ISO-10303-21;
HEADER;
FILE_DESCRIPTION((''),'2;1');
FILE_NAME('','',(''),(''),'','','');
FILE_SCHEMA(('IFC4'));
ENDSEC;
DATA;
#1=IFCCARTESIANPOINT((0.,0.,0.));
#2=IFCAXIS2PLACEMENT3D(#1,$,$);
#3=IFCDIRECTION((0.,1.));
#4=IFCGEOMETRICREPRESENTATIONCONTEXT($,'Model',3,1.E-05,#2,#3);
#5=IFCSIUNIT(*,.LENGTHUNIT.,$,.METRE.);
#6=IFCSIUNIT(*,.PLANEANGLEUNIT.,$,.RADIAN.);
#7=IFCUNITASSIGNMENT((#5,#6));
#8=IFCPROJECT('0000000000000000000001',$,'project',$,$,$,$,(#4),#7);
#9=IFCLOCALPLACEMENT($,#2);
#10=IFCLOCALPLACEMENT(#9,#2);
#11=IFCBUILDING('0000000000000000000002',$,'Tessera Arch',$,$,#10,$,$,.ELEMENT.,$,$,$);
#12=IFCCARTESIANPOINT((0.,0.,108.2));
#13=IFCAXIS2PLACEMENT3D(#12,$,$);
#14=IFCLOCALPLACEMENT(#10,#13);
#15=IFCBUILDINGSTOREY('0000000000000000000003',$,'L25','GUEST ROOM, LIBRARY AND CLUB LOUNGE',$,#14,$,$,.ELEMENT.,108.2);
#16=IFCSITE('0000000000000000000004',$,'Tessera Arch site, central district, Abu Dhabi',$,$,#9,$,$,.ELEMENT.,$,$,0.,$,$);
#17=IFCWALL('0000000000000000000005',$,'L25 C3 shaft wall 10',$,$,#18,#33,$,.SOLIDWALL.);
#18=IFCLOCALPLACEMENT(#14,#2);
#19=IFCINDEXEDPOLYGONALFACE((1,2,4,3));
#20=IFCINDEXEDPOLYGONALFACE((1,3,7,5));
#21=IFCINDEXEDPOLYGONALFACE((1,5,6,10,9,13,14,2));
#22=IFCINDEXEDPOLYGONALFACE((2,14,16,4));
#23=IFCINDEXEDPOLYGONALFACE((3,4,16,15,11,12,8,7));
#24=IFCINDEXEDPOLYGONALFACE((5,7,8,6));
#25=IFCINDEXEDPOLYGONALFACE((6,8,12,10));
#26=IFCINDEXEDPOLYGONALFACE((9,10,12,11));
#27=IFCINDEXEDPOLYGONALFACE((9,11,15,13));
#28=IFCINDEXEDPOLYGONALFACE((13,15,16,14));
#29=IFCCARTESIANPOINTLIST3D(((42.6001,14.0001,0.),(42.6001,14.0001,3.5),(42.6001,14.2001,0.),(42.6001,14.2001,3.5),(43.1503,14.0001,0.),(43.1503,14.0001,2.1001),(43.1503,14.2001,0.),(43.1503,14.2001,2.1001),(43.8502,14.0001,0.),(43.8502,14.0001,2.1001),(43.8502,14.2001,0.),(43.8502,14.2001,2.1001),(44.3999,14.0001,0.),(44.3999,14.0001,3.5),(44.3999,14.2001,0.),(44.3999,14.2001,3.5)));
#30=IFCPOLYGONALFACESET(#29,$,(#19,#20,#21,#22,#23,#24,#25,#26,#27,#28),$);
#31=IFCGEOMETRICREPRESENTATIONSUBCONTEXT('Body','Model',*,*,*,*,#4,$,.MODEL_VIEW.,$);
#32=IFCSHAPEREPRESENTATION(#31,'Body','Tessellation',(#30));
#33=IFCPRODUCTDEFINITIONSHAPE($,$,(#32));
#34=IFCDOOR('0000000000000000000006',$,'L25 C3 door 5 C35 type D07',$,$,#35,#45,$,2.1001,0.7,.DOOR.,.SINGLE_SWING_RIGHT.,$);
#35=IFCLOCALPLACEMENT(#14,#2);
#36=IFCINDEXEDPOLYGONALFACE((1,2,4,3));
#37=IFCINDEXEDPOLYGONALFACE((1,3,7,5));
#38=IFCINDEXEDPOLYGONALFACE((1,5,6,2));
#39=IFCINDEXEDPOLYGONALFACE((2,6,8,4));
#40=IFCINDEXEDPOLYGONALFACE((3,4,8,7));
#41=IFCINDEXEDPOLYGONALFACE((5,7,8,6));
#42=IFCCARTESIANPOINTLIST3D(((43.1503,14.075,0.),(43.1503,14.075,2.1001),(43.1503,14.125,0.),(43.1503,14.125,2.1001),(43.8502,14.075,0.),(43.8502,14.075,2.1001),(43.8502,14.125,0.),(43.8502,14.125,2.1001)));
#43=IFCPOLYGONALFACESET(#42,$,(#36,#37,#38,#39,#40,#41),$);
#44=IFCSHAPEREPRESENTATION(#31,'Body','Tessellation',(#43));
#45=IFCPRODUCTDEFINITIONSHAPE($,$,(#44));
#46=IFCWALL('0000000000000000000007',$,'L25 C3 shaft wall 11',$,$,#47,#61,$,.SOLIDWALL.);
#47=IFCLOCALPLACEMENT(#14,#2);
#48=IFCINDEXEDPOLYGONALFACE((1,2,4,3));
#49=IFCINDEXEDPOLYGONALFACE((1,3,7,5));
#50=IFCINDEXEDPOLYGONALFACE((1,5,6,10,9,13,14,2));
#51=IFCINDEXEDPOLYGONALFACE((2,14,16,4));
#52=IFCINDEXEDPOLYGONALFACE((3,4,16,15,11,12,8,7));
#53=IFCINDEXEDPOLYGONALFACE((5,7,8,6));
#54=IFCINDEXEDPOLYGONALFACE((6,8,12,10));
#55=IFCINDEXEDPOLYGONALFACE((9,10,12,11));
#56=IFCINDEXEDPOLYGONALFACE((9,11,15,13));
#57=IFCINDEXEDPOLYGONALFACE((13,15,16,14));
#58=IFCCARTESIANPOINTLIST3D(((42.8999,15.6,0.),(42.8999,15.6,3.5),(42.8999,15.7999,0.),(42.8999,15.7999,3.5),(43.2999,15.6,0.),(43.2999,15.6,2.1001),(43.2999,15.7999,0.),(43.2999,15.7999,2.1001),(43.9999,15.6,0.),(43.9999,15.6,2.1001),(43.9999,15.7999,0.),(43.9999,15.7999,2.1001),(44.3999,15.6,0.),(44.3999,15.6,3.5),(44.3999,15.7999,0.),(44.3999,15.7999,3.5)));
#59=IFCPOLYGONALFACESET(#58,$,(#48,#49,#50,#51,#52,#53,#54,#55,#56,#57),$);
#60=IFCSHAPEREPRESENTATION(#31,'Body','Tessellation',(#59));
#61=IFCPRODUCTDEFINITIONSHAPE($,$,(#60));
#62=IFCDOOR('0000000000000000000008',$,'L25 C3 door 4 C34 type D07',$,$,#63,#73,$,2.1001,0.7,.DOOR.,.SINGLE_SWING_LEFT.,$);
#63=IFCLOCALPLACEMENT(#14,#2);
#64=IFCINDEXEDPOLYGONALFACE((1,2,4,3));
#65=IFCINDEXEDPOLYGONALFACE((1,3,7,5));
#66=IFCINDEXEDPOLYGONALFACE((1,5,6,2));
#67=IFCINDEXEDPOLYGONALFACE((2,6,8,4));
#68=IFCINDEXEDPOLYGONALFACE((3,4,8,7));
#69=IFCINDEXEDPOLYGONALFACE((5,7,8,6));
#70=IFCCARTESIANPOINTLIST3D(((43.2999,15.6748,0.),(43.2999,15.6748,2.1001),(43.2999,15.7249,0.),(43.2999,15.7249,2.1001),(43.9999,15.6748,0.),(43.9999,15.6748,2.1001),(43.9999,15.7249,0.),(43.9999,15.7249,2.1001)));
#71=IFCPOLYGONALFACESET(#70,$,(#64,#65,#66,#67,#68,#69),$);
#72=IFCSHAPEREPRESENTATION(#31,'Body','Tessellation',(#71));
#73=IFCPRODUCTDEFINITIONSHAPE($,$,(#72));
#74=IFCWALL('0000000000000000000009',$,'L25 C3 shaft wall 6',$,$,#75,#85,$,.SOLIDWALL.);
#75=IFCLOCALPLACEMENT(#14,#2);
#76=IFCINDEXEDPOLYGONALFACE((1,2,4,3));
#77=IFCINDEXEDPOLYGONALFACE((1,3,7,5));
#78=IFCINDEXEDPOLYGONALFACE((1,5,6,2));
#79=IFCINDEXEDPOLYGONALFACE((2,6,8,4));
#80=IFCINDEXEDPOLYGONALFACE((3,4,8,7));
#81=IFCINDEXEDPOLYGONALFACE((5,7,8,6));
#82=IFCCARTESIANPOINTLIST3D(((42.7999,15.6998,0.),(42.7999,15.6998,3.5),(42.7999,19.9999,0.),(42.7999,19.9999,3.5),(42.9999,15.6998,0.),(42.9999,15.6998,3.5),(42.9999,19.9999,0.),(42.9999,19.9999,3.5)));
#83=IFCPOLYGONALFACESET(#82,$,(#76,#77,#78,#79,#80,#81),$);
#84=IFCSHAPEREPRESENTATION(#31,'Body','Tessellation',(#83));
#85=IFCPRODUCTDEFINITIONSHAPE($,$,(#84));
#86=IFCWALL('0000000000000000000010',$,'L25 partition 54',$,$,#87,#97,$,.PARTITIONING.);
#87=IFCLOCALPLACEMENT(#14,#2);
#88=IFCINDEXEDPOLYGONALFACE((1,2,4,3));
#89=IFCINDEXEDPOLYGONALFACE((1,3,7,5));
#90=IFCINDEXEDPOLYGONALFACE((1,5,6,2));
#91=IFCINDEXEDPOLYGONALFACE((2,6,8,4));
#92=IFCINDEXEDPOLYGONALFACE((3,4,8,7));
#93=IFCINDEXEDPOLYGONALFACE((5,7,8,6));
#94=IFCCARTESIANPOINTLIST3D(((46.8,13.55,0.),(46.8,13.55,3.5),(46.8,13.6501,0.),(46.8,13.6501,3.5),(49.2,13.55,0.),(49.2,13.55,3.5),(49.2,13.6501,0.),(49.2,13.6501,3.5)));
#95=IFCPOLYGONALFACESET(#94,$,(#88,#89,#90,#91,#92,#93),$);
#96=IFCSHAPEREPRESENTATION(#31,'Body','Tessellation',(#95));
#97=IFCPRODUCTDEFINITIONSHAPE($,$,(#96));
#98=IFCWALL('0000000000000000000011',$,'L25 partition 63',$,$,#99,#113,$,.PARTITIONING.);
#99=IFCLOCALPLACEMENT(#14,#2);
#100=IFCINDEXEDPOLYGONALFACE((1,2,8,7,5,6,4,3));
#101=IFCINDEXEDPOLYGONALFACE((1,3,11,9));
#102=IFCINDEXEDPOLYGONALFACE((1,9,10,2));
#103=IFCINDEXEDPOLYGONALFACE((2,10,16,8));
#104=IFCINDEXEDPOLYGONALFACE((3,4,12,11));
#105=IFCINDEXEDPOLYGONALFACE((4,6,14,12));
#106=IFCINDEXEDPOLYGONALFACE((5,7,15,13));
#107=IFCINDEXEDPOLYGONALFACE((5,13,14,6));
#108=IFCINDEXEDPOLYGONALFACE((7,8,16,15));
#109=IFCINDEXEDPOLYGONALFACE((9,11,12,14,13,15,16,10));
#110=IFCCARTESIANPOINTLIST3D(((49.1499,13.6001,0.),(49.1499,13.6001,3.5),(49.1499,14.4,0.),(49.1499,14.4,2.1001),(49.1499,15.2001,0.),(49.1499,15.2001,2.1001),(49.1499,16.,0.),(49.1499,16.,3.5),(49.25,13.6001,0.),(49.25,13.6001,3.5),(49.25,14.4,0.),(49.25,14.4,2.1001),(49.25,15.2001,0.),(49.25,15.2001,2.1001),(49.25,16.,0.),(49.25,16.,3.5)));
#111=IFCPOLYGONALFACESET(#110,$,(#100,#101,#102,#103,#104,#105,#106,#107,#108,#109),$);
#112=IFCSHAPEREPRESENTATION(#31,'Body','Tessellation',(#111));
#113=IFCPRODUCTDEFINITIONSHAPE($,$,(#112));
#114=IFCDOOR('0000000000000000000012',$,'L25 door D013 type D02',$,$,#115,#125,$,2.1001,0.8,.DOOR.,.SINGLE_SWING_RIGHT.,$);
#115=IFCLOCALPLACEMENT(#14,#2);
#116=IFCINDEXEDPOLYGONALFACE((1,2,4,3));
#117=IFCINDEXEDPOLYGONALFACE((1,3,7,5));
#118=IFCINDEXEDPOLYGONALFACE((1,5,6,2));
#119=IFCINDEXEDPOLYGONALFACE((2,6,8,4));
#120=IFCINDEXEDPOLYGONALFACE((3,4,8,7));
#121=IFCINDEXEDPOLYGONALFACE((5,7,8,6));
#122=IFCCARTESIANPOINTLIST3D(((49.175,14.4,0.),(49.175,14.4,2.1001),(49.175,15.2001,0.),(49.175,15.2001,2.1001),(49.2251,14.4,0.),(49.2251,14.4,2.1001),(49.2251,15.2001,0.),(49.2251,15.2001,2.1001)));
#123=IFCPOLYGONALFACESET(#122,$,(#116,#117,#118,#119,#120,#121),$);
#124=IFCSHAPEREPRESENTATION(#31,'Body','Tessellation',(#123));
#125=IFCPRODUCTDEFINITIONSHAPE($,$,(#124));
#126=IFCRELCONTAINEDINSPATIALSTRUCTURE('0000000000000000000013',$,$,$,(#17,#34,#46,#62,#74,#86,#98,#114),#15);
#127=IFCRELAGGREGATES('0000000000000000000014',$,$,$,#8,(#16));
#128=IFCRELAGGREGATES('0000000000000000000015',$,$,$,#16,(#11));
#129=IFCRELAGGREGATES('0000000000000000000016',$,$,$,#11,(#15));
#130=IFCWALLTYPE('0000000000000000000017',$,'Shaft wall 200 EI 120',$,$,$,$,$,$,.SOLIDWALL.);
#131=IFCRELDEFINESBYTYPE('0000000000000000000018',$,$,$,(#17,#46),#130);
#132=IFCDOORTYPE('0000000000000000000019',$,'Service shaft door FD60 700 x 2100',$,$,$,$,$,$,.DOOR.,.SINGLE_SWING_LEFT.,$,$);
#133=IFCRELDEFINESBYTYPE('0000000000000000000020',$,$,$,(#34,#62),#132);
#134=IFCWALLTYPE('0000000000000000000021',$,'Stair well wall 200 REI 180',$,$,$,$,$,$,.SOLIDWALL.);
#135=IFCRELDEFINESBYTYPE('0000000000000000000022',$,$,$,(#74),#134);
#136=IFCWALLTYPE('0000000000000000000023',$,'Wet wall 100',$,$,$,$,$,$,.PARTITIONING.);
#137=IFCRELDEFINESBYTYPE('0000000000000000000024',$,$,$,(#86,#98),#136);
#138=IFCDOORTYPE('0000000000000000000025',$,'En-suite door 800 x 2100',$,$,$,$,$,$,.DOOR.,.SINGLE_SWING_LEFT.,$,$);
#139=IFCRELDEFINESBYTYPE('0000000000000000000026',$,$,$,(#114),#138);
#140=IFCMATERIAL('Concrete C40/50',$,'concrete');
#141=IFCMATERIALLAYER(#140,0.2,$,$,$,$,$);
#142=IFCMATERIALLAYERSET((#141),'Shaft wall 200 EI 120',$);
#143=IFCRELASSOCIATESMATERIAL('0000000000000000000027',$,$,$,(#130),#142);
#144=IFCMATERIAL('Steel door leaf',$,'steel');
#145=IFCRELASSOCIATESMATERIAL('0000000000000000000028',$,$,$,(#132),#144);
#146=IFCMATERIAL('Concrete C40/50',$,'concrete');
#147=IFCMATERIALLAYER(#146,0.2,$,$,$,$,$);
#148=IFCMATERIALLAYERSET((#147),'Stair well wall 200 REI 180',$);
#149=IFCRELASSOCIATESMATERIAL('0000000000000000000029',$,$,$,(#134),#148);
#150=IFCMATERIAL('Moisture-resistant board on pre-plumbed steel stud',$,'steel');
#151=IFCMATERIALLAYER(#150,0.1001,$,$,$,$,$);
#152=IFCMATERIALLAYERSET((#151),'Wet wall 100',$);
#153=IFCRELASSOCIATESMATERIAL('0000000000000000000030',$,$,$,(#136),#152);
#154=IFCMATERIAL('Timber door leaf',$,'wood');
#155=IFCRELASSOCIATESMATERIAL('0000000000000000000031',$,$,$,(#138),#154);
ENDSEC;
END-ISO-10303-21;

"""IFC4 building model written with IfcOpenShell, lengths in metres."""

from ifc_helpers import new_model, si_unit, direction, frame, frame_2d, origin, place, context, subcontext, project, spatial, rectangle, extrude, material, layer, layer_set, type_object, element, fill, save


model = new_model("IFC4")

# Units and contexts
model_context = context("Model", 3, precision=1e-05, world=origin(), true_north=direction((0.0, 1.0)))
body_context = subcontext(model_context, "Body", "Model", "MODEL_VIEW")
ifc_project = project(units=[si_unit("LENGTHUNIT", "METRE"), si_unit("PLANEANGLEUNIT", "RADIAN")], contexts=[model_context])

# Site, building, storey
site_placement = place(None, origin())
site = spatial("IfcSite", under=ifc_project, at=site_placement, Name="Tessera Arch site, central district, Abu Dhabi", CompositionType="ELEMENT", RefElevation=0.0)
building_placement = place(site_placement, origin())
building = spatial("IfcBuilding", under=site, at=building_placement, Name="Tessera Arch", CompositionType="ELEMENT")
storey_placement = place(building_placement, frame((0.0, 0.0, 108.2)))
storey = spatial("IfcBuildingStorey", under=building, at=storey_placement, Name="L25", Description="GUEST ROOM, LIBRARY AND CLUB LOUNGE", CompositionType="ELEMENT", Elevation=108.2)

# Shared definitions
ifc_material_1 = material(Name="Concrete C40/50", Category="concrete")
ifc_layer_1 = layer(ifc_material_1, 0.2)
ifc_layer_set_1 = layer_set([ifc_layer_1], Name="Shaft wall 200 EI 120")
wall_type_1 = type_object("IfcWallType", Name="Shaft wall 200 EI 120", PredefinedType="SOLIDWALL", material=ifc_layer_set_1)

# Walls, openings, doors
wall_1_placement = place(storey_placement, frame((42.6001, 14.1001, 0.0), z_axis=(0.0, 0.0, 1.0), x_axis=(1.0, 0.0, 0.0)))
wall_1 = element("IfcWall", 1, at=wall_1_placement, inside=storey, type_object=wall_type_1, Name="L25 C3 shaft wall 10", PredefinedType="SOLIDWALL", context=body_context, shape_type="SweptSolid", body=[
    extrude(rectangle(XDim=1.7998, YDim=0.2, at=frame_2d((0.8999, 0.0))), origin(), (0.0, 0.0, 1.0), 3.5),
])
opening_1_placement = place(wall_1_placement, frame((0.55, 0.0, 0.0)))
opening_1 = element("IfcOpeningElement", 2, at=opening_1_placement, cuts=wall_1, PredefinedType="OPENING", context=body_context, shape_type="SweptSolid", body=[
    extrude(rectangle(XDim=0.7, YDim=2.1001, at=frame_2d((0.3501, 1.05))), frame((0.0, 0.1099, 0.0), z_axis=(0.0, -1.0, 0.0), x_axis=(1.0, 0.0, 0.0)), (0.0, 0.0, 1.0), 0.22),
])
ifc_material_2 = material(Name="Steel door leaf", Category="steel")
door_type_1 = type_object("IfcDoorType", Name="Service shaft door FD60 700 x 2100", OperationType="SINGLE_SWING_LEFT", PredefinedType="DOOR", material=ifc_material_2)
door_1_placement = place(opening_1_placement, origin())
door_1 = element("IfcDoor", 3, at=door_1_placement, inside=storey, type_object=door_type_1, Name="L25 C3 door 5 C35 type D07", OperationType="SINGLE_SWING_RIGHT", OverallHeight=2.1001, OverallWidth=0.7, PredefinedType="DOOR", context=body_context, shape_type="SweptSolid", body=[
    extrude(rectangle(XDim=0.7, YDim=2.1001, at=frame_2d((0.3501, 1.05))), frame((0.0, 0.0249, 0.0), z_axis=(0.0, -1.0, 0.0), x_axis=(1.0, 0.0, 0.0)), (0.0, 0.0, 1.0), 0.05),
])
fill(opening_1, door_1)
wall_2_placement = place(storey_placement, frame((42.8999, 15.7, 0.0), z_axis=(0.0, 0.0, 1.0), x_axis=(1.0, 0.0, 0.0)))
wall_2 = element("IfcWall", 4, at=wall_2_placement, inside=storey, type_object=wall_type_1, Name="L25 C3 shaft wall 11", PredefinedType="SOLIDWALL", context=body_context, shape_type="SweptSolid", body=[
    extrude(rectangle(XDim=1.5, YDim=0.2, at=frame_2d((0.75, 0.0))), origin(), (0.0, 0.0, 1.0), 3.5),
])
opening_2_placement = place(wall_2_placement, frame((0.3999, 0.0, 0.0)))
opening_2 = element("IfcOpeningElement", 5, at=opening_2_placement, cuts=wall_2, PredefinedType="OPENING", context=body_context, shape_type="SweptSolid", body=[
    extrude(rectangle(XDim=0.7, YDim=2.1001, at=frame_2d((0.3501, 1.05))), frame((0.0, 0.1099, 0.0), z_axis=(0.0, -1.0, 0.0), x_axis=(1.0, 0.0, 0.0)), (0.0, 0.0, 1.0), 0.22),
])
door_2_placement = place(opening_2_placement, origin())
door_2 = element("IfcDoor", 6, at=door_2_placement, inside=storey, type_object=door_type_1, Name="L25 C3 door 4 C34 type D07", OperationType="SINGLE_SWING_LEFT", OverallHeight=2.1001, OverallWidth=0.7, PredefinedType="DOOR", context=body_context, shape_type="SweptSolid", body=[
    extrude(rectangle(XDim=0.7, YDim=2.1001, at=frame_2d((0.3501, 1.05))), frame((0.0, 0.0249, 0.0), z_axis=(0.0, -1.0, 0.0), x_axis=(1.0, 0.0, 0.0)), (0.0, 0.0, 1.0), 0.05),
])
fill(opening_2, door_2)

# Walls
ifc_material_3 = material(Name="Concrete C40/50", Category="concrete")
ifc_layer_2 = layer(ifc_material_3, 0.2)
ifc_layer_set_2 = layer_set([ifc_layer_2], Name="Stair well wall 200 REI 180")
wall_type_2 = type_object("IfcWallType", Name="Stair well wall 200 REI 180", PredefinedType="SOLIDWALL", material=ifc_layer_set_2)
wall_3_placement = place(storey_placement, frame((42.8999, 15.7, 0.0), z_axis=(0.0, 0.0, 1.0), x_axis=(0.0, 1.0, 0.0)))
element("IfcWall", 7, at=wall_3_placement, inside=storey, type_object=wall_type_2, Name="L25 C3 shaft wall 6", PredefinedType="SOLIDWALL", context=body_context, shape_type="SweptSolid", body=[
    extrude(rectangle(XDim=4.3, YDim=0.2, at=frame_2d((2.1499, 0.0))), origin(), (0.0, 0.0, 1.0), 3.5),
])
ifc_material_4 = material(Name="Moisture-resistant board on pre-plumbed steel stud", Category="steel")
ifc_layer_3 = layer(ifc_material_4, 0.1001)
ifc_layer_set_3 = layer_set([ifc_layer_3], Name="Wet wall 100")
wall_type_3 = type_object("IfcWallType", Name="Wet wall 100", PredefinedType="PARTITIONING", material=ifc_layer_set_3)
wall_4_placement = place(storey_placement, frame((46.8, 13.6001, 0.0), z_axis=(0.0, 0.0, 1.0), x_axis=(1.0, 0.0, 0.0)))
element("IfcWall", 8, at=wall_4_placement, inside=storey, type_object=wall_type_3, Name="L25 partition 54", PredefinedType="PARTITIONING", context=body_context, shape_type="SweptSolid", body=[
    extrude(rectangle(XDim=2.3999, YDim=0.1001, at=frame_2d((1.2, 0.0))), origin(), (0.0, 0.0, 1.0), 3.5),
])

# Wall, opening, door
wall_5_placement = place(storey_placement, frame((49.2, 13.6001, 0.0), z_axis=(0.0, 0.0, 1.0), x_axis=(0.0, 1.0, 0.0)))
wall_5 = element("IfcWall", 9, at=wall_5_placement, inside=storey, type_object=wall_type_3, Name="L25 partition 63", PredefinedType="PARTITIONING", context=body_context, shape_type="SweptSolid", body=[
    extrude(rectangle(XDim=2.3999, YDim=0.1001, at=frame_2d((1.2, 0.0))), origin(), (0.0, 0.0, 1.0), 3.5),
])
opening_3_placement = place(wall_5_placement, frame((0.8, 0.0, 0.0)))
opening_3 = element("IfcOpeningElement", 10, at=opening_3_placement, cuts=wall_5, PredefinedType="OPENING", context=body_context, shape_type="SweptSolid", body=[
    extrude(rectangle(XDim=0.8, YDim=2.1001, at=frame_2d((0.3999, 1.05))), frame((0.0, 0.0601, 0.0), z_axis=(0.0, -1.0, 0.0), x_axis=(1.0, 0.0, 0.0)), (0.0, 0.0, 1.0), 0.1201),
])
ifc_material_5 = material(Name="Timber door leaf", Category="wood")
door_type_2 = type_object("IfcDoorType", Name="En-suite door 800 x 2100", OperationType="SINGLE_SWING_LEFT", PredefinedType="DOOR", material=ifc_material_5)
door_3_placement = place(opening_3_placement, origin())
door_3 = element("IfcDoor", 11, at=door_3_placement, inside=storey, type_object=door_type_2, Name="L25 door D013 type D02", OperationType="SINGLE_SWING_RIGHT", OverallHeight=2.1001, OverallWidth=0.8, PredefinedType="DOOR", context=body_context, shape_type="SweptSolid", body=[
    extrude(rectangle(XDim=0.8, YDim=2.1001, at=frame_2d((0.3999, 1.05))), frame((0.0, 0.0249, 0.0), z_axis=(0.0, -1.0, 0.0), x_axis=(1.0, 0.0, 0.0)), (0.0, 0.0, 1.0), 0.05),
])
fill(opening_3, door_3)

save(model, "model.ifc")
